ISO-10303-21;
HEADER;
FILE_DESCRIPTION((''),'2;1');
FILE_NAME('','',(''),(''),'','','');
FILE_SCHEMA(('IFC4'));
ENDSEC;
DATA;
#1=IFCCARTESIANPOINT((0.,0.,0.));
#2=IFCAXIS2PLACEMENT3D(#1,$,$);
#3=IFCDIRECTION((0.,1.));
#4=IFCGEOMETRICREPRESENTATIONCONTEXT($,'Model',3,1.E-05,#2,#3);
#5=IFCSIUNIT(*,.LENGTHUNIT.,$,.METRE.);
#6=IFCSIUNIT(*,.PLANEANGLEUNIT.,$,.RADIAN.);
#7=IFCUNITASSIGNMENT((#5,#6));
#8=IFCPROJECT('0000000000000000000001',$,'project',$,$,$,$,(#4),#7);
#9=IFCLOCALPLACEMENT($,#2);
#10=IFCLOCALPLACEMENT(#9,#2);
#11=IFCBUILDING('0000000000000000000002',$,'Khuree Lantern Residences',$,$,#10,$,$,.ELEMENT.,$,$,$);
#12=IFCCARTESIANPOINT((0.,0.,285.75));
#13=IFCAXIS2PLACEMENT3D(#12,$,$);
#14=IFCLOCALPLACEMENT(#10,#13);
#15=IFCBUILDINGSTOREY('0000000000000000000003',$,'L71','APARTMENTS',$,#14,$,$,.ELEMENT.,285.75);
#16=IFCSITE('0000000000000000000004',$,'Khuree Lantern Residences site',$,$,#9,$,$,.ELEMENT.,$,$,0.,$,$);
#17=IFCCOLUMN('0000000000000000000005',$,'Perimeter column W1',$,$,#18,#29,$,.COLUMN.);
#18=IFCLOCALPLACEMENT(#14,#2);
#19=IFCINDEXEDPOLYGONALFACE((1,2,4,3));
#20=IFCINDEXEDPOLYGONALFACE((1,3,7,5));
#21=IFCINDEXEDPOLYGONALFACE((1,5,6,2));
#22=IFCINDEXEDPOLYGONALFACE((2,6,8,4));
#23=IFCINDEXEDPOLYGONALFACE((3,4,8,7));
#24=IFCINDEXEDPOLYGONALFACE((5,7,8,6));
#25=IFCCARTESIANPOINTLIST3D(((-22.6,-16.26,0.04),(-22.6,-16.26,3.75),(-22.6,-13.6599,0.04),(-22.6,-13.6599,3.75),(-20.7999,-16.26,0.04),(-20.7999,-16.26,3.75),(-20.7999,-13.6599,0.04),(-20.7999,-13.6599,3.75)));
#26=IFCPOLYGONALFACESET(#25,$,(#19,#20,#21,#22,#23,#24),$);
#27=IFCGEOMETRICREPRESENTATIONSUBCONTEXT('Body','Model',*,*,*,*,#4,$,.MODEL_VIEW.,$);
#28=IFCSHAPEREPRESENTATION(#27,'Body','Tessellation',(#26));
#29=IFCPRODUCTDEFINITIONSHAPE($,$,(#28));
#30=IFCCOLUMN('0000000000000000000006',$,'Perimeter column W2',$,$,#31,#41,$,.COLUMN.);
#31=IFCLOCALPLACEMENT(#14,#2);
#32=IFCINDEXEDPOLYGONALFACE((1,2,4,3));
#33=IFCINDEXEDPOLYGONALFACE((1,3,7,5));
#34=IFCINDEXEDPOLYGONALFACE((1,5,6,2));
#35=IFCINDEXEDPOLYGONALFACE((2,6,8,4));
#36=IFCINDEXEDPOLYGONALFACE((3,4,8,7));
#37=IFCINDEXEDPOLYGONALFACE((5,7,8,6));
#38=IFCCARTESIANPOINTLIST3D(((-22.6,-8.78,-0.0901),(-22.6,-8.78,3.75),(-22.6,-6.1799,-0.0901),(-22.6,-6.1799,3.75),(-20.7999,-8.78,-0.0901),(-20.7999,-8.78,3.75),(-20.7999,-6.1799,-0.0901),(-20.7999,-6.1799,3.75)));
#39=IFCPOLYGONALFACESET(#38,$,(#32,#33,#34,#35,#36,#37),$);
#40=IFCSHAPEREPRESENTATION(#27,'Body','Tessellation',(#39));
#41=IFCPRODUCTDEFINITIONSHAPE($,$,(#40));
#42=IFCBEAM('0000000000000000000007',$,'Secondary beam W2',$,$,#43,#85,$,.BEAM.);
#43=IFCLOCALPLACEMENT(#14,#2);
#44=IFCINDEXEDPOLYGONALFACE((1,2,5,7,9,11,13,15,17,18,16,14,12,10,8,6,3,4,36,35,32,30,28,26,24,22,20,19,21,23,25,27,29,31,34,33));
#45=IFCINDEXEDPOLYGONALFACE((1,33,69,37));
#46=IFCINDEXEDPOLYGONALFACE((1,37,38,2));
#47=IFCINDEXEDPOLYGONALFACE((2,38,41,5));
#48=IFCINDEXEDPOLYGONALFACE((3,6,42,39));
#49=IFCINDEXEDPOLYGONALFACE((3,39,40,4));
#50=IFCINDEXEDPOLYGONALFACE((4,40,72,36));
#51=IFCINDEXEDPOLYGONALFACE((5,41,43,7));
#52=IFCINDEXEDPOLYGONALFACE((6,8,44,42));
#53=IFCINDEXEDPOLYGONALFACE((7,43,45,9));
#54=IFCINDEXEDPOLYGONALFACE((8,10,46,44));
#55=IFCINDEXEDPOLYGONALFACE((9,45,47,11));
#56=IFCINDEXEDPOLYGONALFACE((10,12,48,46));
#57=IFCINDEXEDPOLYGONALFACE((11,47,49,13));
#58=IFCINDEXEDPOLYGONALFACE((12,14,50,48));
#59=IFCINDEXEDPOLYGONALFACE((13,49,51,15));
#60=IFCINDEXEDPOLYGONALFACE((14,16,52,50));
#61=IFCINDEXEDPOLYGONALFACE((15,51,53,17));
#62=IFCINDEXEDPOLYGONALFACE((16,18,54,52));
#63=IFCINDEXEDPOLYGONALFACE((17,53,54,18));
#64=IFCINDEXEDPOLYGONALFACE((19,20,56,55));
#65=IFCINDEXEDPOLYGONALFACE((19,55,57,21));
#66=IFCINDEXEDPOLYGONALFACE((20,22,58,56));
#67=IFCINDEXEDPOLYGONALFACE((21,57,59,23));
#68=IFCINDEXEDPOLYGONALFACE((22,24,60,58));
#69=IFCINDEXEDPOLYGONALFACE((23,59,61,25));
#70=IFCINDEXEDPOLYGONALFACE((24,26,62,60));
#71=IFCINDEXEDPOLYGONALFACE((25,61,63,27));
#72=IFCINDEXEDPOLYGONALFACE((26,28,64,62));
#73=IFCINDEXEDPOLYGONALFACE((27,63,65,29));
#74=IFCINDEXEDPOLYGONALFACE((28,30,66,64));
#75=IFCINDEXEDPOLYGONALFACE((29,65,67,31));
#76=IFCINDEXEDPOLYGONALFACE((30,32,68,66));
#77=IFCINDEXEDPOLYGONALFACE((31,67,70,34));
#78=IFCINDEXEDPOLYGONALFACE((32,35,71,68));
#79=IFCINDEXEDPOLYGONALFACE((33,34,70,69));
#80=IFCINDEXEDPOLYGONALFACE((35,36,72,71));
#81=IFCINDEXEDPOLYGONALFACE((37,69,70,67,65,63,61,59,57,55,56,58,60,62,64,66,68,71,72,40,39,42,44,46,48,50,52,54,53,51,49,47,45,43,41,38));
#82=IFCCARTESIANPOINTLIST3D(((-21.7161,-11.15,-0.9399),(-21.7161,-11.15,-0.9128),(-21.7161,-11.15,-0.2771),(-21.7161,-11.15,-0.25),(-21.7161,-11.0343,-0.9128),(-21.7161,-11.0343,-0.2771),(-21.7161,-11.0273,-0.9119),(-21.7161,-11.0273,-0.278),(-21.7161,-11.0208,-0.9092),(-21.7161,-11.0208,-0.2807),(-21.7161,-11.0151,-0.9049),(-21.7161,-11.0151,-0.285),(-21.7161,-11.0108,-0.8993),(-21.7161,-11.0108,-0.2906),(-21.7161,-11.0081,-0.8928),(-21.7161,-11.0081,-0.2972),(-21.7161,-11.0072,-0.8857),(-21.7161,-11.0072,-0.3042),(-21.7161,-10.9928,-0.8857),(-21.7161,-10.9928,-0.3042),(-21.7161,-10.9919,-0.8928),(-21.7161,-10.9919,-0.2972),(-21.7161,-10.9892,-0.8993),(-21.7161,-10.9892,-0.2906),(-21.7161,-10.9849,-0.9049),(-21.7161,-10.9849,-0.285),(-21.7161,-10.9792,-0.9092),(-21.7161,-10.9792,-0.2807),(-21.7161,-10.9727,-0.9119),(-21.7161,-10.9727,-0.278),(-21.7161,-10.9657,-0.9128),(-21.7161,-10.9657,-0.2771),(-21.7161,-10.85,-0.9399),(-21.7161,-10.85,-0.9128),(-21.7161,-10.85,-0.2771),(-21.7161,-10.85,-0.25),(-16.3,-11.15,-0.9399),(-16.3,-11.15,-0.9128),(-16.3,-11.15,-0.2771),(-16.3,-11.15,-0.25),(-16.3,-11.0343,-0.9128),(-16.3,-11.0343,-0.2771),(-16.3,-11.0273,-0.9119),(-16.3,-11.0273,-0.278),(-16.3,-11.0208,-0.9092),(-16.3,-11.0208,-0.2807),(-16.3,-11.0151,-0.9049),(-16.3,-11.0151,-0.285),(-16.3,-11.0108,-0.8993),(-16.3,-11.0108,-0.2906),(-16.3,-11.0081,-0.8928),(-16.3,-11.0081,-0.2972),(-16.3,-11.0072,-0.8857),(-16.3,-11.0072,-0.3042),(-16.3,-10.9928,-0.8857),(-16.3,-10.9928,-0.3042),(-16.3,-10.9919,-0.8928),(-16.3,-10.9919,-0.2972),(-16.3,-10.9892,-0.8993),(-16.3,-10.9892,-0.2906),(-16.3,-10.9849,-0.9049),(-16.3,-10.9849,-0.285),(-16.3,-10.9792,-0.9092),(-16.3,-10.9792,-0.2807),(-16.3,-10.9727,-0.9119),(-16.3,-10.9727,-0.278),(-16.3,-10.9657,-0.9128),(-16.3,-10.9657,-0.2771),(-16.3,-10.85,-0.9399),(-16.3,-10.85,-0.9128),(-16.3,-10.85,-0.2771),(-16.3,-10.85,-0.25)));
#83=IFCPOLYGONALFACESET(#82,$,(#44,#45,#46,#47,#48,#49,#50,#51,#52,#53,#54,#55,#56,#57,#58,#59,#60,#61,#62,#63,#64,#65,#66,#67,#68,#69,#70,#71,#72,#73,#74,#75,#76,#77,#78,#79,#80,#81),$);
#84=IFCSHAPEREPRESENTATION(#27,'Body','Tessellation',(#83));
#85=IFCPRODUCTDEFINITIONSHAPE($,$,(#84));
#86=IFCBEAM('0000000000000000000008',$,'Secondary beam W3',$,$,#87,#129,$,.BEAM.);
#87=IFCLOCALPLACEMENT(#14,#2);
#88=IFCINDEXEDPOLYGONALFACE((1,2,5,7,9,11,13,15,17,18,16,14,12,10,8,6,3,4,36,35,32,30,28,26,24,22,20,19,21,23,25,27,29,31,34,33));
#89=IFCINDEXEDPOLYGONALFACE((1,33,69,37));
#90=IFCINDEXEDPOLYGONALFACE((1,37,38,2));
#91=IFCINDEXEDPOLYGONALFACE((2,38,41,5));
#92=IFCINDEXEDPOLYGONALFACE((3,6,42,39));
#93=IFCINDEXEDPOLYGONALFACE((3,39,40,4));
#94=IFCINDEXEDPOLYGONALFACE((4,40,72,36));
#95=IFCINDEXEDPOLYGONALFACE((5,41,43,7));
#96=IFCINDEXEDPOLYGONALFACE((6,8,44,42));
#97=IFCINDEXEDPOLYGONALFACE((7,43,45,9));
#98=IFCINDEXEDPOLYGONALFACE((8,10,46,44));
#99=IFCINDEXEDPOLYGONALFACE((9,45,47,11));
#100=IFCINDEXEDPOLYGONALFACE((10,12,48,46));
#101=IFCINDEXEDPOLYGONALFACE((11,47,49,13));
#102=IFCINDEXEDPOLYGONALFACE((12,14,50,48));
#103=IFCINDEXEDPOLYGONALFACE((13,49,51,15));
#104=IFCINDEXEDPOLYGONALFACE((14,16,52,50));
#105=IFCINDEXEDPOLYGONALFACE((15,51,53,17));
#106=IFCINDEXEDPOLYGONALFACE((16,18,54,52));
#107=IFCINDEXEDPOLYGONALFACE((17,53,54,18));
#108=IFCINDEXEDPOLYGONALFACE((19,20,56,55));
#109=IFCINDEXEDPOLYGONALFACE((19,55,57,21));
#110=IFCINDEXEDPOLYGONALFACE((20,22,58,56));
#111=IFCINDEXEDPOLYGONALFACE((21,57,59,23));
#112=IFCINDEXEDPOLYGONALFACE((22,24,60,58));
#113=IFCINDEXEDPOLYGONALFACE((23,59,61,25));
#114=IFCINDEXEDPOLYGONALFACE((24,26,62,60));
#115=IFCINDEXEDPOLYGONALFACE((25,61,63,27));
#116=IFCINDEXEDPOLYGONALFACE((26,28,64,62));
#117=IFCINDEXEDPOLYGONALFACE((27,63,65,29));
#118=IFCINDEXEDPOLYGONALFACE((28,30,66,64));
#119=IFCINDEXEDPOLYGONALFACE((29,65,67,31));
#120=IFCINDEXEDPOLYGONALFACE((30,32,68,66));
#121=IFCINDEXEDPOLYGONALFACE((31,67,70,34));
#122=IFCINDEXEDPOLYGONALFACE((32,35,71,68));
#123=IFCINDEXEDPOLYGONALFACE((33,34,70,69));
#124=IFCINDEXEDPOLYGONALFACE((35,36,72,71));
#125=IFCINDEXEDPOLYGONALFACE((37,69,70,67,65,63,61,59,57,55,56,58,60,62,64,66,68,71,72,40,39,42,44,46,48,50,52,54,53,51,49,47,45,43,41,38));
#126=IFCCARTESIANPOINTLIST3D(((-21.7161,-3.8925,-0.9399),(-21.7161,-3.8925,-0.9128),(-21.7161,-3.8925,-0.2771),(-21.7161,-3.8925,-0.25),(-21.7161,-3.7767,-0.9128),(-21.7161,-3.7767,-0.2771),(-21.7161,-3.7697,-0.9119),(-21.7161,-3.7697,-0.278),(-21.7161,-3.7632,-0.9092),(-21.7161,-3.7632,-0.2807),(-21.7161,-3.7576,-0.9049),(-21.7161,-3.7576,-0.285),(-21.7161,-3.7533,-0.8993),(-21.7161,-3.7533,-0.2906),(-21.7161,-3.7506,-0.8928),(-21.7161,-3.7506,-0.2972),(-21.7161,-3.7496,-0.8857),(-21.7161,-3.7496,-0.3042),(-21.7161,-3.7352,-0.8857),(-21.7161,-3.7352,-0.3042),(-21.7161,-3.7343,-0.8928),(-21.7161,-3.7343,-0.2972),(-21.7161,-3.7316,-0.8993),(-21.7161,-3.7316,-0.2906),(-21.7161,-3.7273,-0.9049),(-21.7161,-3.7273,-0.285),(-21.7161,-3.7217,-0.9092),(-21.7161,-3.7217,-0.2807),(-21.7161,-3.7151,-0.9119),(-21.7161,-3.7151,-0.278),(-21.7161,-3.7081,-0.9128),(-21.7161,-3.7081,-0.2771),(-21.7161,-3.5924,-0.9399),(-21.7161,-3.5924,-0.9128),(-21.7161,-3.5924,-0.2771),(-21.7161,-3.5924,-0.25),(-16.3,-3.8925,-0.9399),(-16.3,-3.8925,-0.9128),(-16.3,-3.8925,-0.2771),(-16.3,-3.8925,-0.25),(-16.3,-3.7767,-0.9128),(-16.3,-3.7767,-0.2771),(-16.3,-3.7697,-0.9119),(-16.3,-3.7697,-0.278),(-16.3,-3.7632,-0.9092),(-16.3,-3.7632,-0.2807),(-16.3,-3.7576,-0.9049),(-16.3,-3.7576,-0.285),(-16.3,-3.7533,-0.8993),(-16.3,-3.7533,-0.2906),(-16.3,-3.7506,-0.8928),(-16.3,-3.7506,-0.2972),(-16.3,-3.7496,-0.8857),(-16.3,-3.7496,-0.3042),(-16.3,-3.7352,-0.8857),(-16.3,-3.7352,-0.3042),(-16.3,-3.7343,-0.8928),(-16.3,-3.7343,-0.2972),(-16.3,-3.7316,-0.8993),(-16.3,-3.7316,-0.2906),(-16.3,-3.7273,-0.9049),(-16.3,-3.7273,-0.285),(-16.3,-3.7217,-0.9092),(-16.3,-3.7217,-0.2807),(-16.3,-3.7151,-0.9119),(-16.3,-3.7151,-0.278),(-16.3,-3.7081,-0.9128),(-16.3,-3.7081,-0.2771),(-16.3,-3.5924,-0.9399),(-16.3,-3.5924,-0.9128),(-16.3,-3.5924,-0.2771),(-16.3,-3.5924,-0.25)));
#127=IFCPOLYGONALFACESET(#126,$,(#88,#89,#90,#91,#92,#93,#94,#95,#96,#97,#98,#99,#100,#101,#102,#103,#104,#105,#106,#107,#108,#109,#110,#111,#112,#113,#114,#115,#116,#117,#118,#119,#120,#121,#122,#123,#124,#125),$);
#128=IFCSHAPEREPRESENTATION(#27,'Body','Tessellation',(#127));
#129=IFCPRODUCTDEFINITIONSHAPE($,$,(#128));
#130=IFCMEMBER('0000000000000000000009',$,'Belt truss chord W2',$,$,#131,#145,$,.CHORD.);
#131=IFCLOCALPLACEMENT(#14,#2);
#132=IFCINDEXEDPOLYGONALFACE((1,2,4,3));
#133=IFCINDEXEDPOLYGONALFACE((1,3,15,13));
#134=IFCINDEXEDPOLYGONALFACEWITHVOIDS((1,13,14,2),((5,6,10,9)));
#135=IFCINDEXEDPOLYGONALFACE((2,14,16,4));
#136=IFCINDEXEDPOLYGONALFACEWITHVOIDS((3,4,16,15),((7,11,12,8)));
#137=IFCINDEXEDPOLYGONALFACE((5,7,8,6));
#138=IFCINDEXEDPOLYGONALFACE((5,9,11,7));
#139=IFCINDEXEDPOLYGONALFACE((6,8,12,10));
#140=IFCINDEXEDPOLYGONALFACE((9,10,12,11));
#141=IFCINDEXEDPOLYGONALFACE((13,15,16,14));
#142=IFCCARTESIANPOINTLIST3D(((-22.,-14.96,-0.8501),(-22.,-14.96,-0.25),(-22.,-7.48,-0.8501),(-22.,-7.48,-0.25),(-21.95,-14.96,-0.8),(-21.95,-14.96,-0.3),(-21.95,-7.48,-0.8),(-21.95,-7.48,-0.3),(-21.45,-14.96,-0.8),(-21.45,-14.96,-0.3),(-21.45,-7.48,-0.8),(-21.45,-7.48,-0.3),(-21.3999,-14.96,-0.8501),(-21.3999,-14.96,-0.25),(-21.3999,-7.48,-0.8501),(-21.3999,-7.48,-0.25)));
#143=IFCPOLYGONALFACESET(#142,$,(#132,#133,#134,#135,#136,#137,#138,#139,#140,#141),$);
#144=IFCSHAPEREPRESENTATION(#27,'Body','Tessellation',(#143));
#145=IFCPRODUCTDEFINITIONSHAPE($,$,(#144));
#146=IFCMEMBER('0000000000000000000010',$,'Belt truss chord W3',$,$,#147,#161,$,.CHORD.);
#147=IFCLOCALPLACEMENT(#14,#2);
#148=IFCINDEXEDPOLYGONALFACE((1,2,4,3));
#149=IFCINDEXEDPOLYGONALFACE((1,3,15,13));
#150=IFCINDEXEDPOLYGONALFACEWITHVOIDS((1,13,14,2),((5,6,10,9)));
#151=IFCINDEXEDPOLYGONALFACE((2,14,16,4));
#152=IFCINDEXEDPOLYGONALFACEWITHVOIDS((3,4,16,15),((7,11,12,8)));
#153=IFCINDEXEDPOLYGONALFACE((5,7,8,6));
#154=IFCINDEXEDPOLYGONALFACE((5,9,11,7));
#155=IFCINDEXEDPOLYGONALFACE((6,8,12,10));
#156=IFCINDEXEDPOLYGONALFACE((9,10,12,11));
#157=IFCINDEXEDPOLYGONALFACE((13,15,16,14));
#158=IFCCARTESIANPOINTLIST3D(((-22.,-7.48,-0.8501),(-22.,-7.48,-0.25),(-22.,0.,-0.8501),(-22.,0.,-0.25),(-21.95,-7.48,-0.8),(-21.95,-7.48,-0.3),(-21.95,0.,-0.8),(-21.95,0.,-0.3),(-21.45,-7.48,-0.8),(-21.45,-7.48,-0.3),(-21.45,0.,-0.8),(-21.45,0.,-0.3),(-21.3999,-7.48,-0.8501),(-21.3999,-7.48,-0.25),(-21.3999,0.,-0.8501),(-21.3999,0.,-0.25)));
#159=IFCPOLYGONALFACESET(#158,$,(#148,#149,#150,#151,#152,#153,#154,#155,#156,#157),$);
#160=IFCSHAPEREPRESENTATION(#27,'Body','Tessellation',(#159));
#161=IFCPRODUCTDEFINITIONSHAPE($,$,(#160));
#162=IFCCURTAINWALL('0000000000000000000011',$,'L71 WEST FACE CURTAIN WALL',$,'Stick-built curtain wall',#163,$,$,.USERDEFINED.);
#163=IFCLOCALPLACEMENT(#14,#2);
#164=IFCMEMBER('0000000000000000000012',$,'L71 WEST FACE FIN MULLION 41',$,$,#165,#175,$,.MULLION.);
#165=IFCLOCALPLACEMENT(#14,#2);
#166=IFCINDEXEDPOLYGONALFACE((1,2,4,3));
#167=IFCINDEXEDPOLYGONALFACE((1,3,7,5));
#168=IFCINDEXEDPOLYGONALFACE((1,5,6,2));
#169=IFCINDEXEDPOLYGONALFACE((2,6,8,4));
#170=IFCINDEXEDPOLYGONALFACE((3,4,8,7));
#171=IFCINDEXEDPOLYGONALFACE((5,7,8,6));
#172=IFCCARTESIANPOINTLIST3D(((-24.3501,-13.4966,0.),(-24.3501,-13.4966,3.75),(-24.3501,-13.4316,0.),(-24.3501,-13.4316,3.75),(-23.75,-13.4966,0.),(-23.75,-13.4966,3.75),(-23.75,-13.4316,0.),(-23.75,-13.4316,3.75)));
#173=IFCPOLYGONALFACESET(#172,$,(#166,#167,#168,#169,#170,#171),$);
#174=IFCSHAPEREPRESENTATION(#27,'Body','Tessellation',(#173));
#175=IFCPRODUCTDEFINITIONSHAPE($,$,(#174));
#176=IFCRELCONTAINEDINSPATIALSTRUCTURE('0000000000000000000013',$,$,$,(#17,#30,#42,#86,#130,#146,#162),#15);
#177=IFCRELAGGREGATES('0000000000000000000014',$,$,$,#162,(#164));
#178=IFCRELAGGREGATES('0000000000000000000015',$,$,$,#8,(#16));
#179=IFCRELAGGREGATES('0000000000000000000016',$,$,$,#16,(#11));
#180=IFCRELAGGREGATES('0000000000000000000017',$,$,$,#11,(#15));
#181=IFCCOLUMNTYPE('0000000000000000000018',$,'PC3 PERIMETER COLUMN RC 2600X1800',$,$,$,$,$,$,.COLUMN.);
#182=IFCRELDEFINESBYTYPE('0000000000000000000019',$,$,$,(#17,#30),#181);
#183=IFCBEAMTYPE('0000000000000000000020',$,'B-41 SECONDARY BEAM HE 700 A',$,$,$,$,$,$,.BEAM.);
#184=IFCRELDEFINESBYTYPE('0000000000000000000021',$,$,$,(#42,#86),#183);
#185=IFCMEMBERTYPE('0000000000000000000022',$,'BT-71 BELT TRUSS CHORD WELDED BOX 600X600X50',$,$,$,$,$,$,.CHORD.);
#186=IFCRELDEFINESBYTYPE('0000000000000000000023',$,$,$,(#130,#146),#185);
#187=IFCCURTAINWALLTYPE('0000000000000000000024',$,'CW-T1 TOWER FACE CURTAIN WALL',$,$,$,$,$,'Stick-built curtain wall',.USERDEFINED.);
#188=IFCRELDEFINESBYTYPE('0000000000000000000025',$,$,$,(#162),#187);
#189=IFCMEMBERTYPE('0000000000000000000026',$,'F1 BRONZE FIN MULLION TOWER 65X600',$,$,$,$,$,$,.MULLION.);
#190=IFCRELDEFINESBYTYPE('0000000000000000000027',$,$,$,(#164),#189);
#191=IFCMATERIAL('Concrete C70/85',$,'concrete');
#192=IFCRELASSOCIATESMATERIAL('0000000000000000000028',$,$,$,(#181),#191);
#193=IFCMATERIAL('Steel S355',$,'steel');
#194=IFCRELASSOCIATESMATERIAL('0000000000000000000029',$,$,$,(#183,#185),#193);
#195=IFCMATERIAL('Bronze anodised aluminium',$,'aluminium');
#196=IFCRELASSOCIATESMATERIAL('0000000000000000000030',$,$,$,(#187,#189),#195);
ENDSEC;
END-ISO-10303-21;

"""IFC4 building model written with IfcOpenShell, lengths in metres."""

from ifc_helpers import new_model, si_unit, direction, frame, origin, origin_2d, place, context, subcontext, project, spatial, rectangle, hollow_rectangle, i_section, extrude, material, material_profile, profile_set, type_object, element, aggregate, save


model = new_model("IFC4")

# Units and contexts
model_context = context("Model", 3, precision=1e-05, world=origin(), true_north=direction((0.0, 1.0)))
body_context = subcontext(model_context, "Body", "Model", "MODEL_VIEW")
ifc_project = project(units=[si_unit("LENGTHUNIT", "METRE"), si_unit("PLANEANGLEUNIT", "RADIAN")], contexts=[model_context])

# Site, building, storey
site_placement = place(None, origin())
site = spatial("IfcSite", under=ifc_project, at=site_placement, Name="Khuree Lantern Residences site", CompositionType="ELEMENT", RefElevation=0.0)
building_placement = place(site_placement, origin())
building = spatial("IfcBuilding", under=site, at=building_placement, Name="Khuree Lantern Residences", CompositionType="ELEMENT")
storey_placement = place(building_placement, frame((0.0, 0.0, 285.75)))
storey = spatial("IfcBuildingStorey", under=building, at=storey_placement, Name="L71", Description="APARTMENTS", CompositionType="ELEMENT", Elevation=285.75)

# Columns
ifc_material_1 = material(Name="Concrete C70/85", Category="concrete")
ifc_material_profile_1 = material_profile(ifc_material_1, rectangle(XDim=2.6001, YDim=1.8, at=origin_2d()), Name="RC 2600X1800")
ifc_profile_set_1 = profile_set([ifc_material_profile_1], Name="Concrete C70/85")
column_type = type_object("IfcColumnType", Name="PC3 PERIMETER COLUMN RC 2600X1800", PredefinedType="COLUMN", material=ifc_profile_set_1)
column_1_placement = place(storey_placement, frame((-21.7, -14.96, 0.04), z_axis=(0.0, 0.0, 1.0), x_axis=(0.0, 1.0, 0.0)))
element("IfcColumn", 1, at=column_1_placement, inside=storey, type_object=column_type, Name="Perimeter column W1", PredefinedType="COLUMN", context=body_context, shape_type="SweptSolid", body=[
    extrude(rectangle(XDim=2.6001, YDim=1.8, at=origin_2d()), origin(), (0.0, 0.0, 1.0), 3.71),
])
column_2_placement = place(storey_placement, frame((-21.7, -7.48, -0.0901), z_axis=(0.0, 0.0, 1.0), x_axis=(0.0, 1.0, 0.0)))
element("IfcColumn", 2, at=column_2_placement, inside=storey, type_object=column_type, Name="Perimeter column W2", PredefinedType="COLUMN", context=body_context, shape_type="SweptSolid", body=[
    extrude(rectangle(XDim=2.6001, YDim=1.8, at=origin_2d()), origin(), (0.0, 0.0, 1.0), 3.8401),
])

# Beams
ifc_material_2 = material(Name="Steel S355", Category="steel")
ifc_material_profile_2 = material_profile(ifc_material_2, i_section(OverallWidth=0.3, OverallDepth=0.6899, WebThickness=0.0144, FlangeThickness=0.0271, FilletRadius=0.0271, at=origin_2d()), Name="HE 700 A")
ifc_profile_set_2 = profile_set([ifc_material_profile_2], Name="Steel S355")
beam_type_1 = type_object("IfcBeamType", Name="B-41 SECONDARY BEAM HE 700 A", PredefinedType="BEAM", material=ifc_profile_set_2)
for number, where, z_axis, x_axis, name in (
    (3, (-21.7161, -11.0, -0.595), (1.0, 0.0, 0.0), (0.0, 1.0, 0.0), "Secondary beam W2"),
    (4, (-21.7161, -3.7424, -0.595), (1.0, 0.0, 0.0), (0.0, 1.0, 0.0), "Secondary beam W3"),
):
    element("IfcBeam", number, at=place(storey_placement, frame(where, z_axis=z_axis, x_axis=x_axis)), inside=storey, type_object=beam_type_1, Name=name, PredefinedType="BEAM", context=body_context, shape_type="SweptSolid", body=[
        extrude(i_section(OverallWidth=0.3, OverallDepth=0.6899, WebThickness=0.0144, FlangeThickness=0.0271, FilletRadius=0.0271, at=origin_2d()), origin(), (0.0, 0.0, 1.0), 5.416),
    ])

# Members
ifc_material_profile_3 = material_profile(ifc_material_2, hollow_rectangle(XDim=0.6001, YDim=0.6001, WallThickness=0.05, at=origin_2d()), Name="WELDED BOX 600X600X50")
ifc_profile_set_3 = profile_set([ifc_material_profile_3], Name="Steel S355")
member_type_1 = type_object("IfcMemberType", Name="BT-71 BELT TRUSS CHORD WELDED BOX 600X600X50", PredefinedType="CHORD", material=ifc_profile_set_3)
for number, where, z_axis, x_axis, name in (
    (5, (-21.7, -14.96, -0.55), (0.0, 1.0, 0.0), (-1.0, 0.0, 0.0), "Belt truss chord W2"),
    (6, (-21.7, -7.48, -0.55), (0.0, 1.0, 0.0), (-1.0, 0.0, 0.0), "Belt truss chord W3"),
):
    element("IfcMember", number, at=place(storey_placement, frame(where, z_axis=z_axis, x_axis=x_axis)), inside=storey, type_object=member_type_1, Name=name, PredefinedType="CHORD", context=body_context, shape_type="SweptSolid", body=[
        extrude(hollow_rectangle(XDim=0.6001, YDim=0.6001, WallThickness=0.05, at=origin_2d()), origin(), (0.0, 0.0, 1.0), 7.48),
    ])

# Curtain wall, member
ifc_material_3 = material(Name="Bronze anodised aluminium", Category="aluminium")
curtain_wall_type = type_object("IfcCurtainWallType", Name="CW-T1 TOWER FACE CURTAIN WALL", ElementType="Stick-built curtain wall", PredefinedType="USERDEFINED", material=ifc_material_3)
curtain_wall_placement = place(storey_placement, origin())
curtain_wall = element("IfcCurtainWall", 7, at=curtain_wall_placement, inside=storey, type_object=curtain_wall_type, Name="L71 WEST FACE CURTAIN WALL", ObjectType="Stick-built curtain wall", PredefinedType="USERDEFINED")
ifc_material_profile_4 = material_profile(ifc_material_3, rectangle(XDim=0.0649, YDim=0.6001, at=origin_2d()), Name="F1 65X600")
ifc_profile_set_4 = profile_set([ifc_material_profile_4], Name="Bronze anodised aluminium")
member_type_2 = type_object("IfcMemberType", Name="F1 BRONZE FIN MULLION TOWER 65X600", PredefinedType="MULLION", material=ifc_profile_set_4)
member_1_placement = place(storey_placement, frame((-24.05, -13.4641, 0.0), z_axis=(0.0, 0.0, 1.0), x_axis=(0.0, -1.0, 0.0)))
member_1 = element("IfcMember", 8, at=member_1_placement, type_object=member_type_2, Name="L71 WEST FACE FIN MULLION 41", PredefinedType="MULLION", context=body_context, shape_type="SweptSolid", body=[
    extrude(rectangle(XDim=0.0649, YDim=0.6001, at=origin_2d()), origin(), (0.0, 0.0, 1.0), 3.75),
])

aggregate(curtain_wall, [member_1])

save(model, "model.ifc")
